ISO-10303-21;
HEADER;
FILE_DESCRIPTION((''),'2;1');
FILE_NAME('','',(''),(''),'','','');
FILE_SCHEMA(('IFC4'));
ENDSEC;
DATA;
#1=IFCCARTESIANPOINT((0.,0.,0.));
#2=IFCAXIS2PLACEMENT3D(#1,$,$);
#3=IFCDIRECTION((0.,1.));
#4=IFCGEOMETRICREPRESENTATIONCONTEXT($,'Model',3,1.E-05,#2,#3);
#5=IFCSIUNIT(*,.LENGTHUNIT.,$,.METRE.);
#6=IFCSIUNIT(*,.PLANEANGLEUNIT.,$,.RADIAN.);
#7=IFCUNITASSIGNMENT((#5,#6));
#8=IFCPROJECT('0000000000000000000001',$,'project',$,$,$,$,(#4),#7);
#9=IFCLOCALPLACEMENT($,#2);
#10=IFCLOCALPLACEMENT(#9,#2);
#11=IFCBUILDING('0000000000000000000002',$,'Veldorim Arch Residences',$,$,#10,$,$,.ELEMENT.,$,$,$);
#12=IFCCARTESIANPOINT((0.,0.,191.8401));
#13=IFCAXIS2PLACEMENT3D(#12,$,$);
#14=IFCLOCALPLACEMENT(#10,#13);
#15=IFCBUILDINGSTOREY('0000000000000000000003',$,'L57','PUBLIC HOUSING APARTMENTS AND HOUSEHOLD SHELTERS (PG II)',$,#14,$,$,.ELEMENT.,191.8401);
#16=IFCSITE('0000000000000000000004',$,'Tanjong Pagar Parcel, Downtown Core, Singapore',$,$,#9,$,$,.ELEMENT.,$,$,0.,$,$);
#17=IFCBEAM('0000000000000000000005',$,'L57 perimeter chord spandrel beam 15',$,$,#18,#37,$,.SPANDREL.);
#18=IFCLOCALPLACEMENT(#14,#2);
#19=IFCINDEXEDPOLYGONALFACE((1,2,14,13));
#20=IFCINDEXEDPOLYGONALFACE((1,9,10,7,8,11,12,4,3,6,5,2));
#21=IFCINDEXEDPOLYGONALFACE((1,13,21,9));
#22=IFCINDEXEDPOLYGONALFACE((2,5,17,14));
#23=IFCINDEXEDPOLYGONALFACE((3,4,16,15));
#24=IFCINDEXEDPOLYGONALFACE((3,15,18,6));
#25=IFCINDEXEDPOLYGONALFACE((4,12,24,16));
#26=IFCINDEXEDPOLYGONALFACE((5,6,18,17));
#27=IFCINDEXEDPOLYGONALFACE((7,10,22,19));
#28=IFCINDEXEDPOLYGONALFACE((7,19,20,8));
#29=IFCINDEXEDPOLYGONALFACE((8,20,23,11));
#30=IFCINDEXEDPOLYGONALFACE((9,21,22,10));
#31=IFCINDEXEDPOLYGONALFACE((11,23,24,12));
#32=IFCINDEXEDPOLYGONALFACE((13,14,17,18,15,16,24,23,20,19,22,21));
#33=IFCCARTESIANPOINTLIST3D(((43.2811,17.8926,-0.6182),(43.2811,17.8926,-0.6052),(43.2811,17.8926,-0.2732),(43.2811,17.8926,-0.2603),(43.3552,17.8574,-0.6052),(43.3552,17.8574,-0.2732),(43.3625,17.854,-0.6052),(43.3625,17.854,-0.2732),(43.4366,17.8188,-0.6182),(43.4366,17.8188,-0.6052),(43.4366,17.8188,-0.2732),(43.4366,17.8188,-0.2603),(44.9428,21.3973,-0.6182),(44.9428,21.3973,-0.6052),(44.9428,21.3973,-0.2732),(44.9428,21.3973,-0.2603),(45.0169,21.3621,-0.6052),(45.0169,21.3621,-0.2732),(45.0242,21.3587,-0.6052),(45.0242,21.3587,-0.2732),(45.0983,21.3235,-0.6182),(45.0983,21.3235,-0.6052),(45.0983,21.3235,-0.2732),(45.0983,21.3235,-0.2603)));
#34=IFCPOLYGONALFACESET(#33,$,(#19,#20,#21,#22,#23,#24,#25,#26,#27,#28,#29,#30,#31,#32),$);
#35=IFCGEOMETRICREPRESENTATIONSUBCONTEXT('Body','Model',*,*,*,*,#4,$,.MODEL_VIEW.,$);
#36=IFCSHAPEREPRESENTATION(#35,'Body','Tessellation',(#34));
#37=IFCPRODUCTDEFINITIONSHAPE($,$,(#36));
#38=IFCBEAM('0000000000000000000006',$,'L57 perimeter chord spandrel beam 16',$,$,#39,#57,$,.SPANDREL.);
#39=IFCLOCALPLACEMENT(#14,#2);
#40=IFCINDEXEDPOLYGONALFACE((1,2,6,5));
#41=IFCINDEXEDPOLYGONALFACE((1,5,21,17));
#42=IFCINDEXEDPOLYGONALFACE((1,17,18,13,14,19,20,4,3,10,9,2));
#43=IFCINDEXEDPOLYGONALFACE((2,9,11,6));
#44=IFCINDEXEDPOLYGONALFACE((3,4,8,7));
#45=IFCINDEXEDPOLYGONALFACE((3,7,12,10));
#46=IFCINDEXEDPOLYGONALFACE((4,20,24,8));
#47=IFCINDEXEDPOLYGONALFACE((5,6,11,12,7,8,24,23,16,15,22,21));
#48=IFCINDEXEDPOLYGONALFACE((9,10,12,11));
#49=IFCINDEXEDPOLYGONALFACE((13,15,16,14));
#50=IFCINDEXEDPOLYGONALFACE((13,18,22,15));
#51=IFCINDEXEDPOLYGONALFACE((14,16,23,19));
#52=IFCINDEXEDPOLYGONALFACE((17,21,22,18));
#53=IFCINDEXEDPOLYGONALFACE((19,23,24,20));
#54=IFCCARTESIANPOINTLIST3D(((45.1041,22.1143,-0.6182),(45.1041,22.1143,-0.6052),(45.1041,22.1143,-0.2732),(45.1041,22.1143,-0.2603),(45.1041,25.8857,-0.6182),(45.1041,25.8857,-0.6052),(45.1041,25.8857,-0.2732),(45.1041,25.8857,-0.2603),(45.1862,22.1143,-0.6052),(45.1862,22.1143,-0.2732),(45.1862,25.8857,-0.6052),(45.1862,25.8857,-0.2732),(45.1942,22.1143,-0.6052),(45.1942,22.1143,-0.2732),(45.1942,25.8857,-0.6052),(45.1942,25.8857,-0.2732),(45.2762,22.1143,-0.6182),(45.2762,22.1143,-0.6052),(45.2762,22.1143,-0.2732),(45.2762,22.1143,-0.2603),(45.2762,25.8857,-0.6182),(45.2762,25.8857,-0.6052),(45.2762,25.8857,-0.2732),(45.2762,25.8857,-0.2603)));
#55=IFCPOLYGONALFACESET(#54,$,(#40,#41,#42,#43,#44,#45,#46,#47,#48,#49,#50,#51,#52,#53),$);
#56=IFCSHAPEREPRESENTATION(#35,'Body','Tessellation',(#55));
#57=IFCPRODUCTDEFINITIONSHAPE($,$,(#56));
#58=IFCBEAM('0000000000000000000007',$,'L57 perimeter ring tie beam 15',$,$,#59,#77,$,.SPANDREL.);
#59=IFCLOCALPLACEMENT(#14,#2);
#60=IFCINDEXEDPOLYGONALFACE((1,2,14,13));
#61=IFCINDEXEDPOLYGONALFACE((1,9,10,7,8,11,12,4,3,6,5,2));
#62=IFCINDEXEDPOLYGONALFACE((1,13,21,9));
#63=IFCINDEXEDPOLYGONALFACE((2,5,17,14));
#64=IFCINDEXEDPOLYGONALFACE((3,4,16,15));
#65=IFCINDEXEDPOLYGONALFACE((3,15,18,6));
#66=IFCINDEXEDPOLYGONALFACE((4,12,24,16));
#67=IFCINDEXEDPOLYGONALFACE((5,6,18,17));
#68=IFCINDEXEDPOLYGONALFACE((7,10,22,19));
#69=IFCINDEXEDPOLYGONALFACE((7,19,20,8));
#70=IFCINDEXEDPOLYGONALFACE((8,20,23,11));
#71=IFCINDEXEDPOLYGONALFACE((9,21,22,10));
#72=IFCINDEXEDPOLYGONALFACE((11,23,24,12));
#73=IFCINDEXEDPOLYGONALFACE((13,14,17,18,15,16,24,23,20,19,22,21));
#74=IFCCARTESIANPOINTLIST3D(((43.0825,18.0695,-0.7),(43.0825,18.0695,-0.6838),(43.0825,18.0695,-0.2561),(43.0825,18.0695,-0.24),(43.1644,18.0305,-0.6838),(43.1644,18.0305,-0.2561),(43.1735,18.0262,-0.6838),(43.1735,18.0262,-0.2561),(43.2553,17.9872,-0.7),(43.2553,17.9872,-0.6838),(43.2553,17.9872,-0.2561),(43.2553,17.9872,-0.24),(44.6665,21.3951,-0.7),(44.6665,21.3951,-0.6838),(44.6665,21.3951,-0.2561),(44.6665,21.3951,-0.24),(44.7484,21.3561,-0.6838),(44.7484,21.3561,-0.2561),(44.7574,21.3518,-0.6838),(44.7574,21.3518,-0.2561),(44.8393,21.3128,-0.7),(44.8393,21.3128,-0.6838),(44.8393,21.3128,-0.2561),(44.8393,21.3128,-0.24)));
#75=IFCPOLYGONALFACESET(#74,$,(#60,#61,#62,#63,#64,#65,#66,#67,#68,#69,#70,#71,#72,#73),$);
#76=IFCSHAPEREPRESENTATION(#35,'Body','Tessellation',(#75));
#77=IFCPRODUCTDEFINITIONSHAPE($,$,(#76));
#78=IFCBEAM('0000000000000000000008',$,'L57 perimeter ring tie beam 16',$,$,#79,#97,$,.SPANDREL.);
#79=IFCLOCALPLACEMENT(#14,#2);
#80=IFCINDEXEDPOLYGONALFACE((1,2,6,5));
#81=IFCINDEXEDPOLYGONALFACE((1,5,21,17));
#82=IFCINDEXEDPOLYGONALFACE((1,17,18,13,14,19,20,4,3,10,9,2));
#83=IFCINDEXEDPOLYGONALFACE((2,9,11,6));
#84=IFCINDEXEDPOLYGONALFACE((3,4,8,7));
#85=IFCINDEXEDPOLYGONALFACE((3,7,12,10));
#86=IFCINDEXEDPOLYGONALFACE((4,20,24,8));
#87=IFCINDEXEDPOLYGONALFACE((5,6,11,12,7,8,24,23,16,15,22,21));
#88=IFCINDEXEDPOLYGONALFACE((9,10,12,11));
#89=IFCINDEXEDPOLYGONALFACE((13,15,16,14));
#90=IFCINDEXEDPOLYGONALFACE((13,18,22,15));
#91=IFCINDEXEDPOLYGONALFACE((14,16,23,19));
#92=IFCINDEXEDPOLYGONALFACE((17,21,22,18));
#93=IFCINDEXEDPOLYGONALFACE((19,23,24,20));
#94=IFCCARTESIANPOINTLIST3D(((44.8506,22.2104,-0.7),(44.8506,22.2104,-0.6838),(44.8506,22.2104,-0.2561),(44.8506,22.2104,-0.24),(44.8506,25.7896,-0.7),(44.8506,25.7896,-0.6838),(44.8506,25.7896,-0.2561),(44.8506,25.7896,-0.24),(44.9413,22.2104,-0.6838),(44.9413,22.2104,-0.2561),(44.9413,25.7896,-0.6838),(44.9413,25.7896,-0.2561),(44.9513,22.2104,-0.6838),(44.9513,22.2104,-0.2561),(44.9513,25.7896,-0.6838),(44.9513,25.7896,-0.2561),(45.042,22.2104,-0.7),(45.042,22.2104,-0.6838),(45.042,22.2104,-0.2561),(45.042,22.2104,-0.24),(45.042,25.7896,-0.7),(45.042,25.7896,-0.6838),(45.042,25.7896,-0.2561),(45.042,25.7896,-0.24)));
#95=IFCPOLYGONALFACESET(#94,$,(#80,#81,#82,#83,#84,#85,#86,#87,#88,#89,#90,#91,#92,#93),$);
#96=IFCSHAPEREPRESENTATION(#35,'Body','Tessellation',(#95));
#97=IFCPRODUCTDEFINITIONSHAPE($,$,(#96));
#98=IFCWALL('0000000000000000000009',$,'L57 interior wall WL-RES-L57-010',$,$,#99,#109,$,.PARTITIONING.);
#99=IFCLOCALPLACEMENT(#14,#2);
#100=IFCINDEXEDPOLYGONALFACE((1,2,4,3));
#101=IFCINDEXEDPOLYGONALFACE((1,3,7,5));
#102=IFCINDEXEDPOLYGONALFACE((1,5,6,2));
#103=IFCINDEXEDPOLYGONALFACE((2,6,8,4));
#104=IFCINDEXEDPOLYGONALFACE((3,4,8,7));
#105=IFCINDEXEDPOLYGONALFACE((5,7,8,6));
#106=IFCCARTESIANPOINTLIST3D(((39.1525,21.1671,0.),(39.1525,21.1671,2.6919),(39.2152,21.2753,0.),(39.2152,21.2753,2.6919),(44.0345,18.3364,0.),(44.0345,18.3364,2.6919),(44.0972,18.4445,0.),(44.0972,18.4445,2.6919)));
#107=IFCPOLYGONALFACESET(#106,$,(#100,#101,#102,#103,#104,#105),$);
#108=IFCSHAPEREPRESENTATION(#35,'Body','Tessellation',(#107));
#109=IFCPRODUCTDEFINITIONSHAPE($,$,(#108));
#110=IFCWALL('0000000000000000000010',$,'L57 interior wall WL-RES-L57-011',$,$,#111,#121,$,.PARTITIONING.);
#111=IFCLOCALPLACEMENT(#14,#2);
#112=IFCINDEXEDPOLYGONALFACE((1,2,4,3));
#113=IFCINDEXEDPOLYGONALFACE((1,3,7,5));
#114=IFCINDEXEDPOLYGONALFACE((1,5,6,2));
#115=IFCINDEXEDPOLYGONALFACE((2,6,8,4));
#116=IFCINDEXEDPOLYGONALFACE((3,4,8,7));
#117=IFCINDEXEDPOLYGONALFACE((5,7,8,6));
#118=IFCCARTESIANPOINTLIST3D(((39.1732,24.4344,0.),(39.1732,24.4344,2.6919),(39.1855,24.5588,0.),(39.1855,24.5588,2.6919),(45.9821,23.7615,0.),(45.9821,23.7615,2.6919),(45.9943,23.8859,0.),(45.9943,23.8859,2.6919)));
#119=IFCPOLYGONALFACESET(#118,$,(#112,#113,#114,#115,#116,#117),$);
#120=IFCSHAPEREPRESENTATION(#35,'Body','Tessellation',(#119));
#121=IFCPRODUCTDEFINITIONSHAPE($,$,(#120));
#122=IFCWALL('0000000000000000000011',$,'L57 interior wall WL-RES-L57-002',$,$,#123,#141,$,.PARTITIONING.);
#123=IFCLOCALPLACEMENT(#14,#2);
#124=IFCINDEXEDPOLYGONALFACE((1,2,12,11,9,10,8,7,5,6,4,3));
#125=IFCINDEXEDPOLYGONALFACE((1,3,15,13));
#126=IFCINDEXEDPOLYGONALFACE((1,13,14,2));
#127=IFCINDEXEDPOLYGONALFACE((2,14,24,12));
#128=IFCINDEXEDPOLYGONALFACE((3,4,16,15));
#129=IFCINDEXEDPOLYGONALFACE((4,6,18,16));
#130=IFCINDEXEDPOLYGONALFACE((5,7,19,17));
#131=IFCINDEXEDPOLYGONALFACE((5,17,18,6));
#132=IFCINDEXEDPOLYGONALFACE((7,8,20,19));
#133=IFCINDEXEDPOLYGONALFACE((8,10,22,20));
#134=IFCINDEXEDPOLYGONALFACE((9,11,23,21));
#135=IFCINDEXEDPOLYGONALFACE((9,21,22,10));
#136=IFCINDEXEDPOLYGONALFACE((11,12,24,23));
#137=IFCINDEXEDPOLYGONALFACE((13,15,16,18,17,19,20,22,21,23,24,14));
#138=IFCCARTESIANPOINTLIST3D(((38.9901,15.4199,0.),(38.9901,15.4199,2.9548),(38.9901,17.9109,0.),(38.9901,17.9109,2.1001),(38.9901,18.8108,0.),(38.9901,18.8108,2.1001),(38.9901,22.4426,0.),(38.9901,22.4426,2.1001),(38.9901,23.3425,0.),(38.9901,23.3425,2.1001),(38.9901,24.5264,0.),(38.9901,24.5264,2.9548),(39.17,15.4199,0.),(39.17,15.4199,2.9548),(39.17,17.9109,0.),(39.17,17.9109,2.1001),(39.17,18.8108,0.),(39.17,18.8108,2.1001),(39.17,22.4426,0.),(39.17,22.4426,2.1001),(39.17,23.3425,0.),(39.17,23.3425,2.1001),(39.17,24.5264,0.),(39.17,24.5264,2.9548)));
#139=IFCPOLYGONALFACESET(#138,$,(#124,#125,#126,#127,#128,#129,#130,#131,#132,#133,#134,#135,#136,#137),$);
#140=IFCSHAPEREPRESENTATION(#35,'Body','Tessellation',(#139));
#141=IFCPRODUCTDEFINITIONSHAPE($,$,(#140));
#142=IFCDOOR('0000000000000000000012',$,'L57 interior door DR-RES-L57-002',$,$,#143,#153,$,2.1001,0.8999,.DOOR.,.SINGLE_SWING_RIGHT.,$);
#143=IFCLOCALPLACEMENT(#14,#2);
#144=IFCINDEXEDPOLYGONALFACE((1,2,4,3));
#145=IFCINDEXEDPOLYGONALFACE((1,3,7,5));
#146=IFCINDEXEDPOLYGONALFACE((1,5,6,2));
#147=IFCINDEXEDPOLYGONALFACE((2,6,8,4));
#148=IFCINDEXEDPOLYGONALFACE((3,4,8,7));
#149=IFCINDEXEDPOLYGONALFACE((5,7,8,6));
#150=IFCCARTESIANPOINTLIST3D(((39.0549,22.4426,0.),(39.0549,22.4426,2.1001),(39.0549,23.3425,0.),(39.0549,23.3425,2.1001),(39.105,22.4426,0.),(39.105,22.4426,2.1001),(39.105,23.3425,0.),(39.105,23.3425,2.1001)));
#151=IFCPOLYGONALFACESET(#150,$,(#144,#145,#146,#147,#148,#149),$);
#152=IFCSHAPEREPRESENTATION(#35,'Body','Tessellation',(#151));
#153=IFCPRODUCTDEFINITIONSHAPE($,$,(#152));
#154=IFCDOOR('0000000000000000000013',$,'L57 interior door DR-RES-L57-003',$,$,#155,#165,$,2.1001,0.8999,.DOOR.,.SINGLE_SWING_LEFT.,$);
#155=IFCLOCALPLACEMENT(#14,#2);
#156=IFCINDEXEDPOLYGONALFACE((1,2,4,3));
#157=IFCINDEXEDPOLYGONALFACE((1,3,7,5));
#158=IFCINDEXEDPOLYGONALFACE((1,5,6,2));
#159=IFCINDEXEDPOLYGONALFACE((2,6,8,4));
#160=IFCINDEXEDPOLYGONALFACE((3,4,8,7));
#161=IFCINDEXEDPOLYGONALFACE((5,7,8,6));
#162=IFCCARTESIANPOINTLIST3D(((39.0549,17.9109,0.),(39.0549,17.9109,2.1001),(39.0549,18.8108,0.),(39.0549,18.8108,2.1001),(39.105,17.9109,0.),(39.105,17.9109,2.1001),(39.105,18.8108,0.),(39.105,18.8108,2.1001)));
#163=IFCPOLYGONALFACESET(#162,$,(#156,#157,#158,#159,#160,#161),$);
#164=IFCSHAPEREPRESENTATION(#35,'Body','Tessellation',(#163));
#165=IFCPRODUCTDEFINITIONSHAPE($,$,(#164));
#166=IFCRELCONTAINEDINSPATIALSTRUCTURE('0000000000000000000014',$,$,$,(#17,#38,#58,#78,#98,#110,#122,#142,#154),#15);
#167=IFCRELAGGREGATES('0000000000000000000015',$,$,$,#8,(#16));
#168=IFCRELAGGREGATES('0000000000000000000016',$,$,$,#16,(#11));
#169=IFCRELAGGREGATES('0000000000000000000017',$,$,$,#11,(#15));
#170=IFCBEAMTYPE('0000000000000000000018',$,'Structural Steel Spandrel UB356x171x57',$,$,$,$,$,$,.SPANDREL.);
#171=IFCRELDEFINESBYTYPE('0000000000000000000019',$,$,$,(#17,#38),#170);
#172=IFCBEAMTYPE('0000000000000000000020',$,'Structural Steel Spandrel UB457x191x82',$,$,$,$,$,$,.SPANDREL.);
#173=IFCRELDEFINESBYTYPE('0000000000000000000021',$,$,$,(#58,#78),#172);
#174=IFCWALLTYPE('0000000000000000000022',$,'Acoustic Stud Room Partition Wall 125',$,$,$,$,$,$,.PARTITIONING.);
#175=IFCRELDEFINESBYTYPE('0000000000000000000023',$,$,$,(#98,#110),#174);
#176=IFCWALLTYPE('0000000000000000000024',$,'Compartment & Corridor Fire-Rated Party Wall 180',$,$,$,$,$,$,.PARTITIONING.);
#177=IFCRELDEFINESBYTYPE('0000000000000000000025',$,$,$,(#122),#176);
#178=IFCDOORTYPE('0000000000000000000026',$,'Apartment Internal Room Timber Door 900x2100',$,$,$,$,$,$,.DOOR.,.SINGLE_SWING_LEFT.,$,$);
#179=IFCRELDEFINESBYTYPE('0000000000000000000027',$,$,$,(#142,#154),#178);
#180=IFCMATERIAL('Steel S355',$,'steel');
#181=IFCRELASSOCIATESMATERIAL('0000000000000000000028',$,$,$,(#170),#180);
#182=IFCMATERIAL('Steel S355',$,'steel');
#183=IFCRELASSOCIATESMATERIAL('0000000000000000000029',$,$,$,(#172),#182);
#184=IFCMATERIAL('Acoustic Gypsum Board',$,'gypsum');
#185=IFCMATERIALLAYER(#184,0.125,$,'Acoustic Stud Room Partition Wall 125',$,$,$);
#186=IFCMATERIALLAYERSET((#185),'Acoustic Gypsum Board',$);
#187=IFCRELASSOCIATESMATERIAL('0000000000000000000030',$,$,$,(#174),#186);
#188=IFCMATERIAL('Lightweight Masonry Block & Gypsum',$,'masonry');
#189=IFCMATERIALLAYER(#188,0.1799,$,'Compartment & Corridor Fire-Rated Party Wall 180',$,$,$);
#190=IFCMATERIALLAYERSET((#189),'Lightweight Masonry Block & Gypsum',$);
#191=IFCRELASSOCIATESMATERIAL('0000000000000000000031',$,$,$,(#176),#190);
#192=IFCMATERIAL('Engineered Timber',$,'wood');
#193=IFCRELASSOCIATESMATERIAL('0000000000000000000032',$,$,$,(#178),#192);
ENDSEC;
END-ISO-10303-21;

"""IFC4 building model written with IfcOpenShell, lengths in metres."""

from ifc_helpers import new_model, si_unit, direction, frame, frame_2d, origin, origin_2d, place, context, subcontext, project, spatial, rectangle, i_section, extrude, material, layer, layer_set, material_profile, profile_set, type_object, element, fill, save


model = new_model("IFC4")

# Units and contexts
model_context = context("Model", 3, precision=1e-05, world=origin(), true_north=direction((0.0, 1.0)))
body_context = subcontext(model_context, "Body", "Model", "MODEL_VIEW")
ifc_project = project(units=[si_unit("LENGTHUNIT", "METRE"), si_unit("PLANEANGLEUNIT", "RADIAN")], contexts=[model_context])

# Site, building, storey
site_placement = place(None, origin())
site = spatial("IfcSite", under=ifc_project, at=site_placement, Name="Tanjong Pagar Parcel, Downtown Core, Singapore", CompositionType="ELEMENT", RefElevation=0.0)
building_placement = place(site_placement, origin())
building = spatial("IfcBuilding", under=site, at=building_placement, Name="Veldorim Arch Residences", CompositionType="ELEMENT")
storey_placement = place(building_placement, frame((0.0, 0.0, 191.8401)))
storey = spatial("IfcBuildingStorey", under=building, at=storey_placement, Name="L57", Description="PUBLIC HOUSING APARTMENTS AND HOUSEHOLD SHELTERS (PG II)", CompositionType="ELEMENT", Elevation=191.8401)

# Beams
ifc_material_1 = material(Name="Steel S355", Category="steel")
ifc_material_profile_1 = material_profile(ifc_material_1, i_section(OverallWidth=0.1721, OverallDepth=0.3579, WebThickness=0.0081, FlangeThickness=0.0129, at=origin_2d()), Name="UB356x171x57")
ifc_profile_set_1 = profile_set([ifc_material_profile_1], Name="Steel S355")
beam_type_1 = type_object("IfcBeamType", Name="Structural Steel Spandrel UB356x171x57", PredefinedType="SPANDREL", material=ifc_profile_set_1)
beam_1_placement = place(storey_placement, frame((43.3589, 17.8557, -0.4392), z_axis=(0.428408, 0.903585, 0.0), x_axis=(-0.903585, 0.428408, 0.0)))
element("IfcBeam", 1, at=beam_1_placement, inside=storey, type_object=beam_type_1, Name="L57 perimeter chord spandrel beam 15", PredefinedType="SPANDREL", context=body_context, shape_type="SweptSolid", body=[
    extrude(i_section(OverallWidth=0.1721, OverallDepth=0.3579, WebThickness=0.0081, FlangeThickness=0.0129, at=origin_2d()), origin(), (0.0, 0.0, 1.0), 3.8787),
])
beam_2_placement = place(storey_placement, frame((45.1902, 22.1143, -0.4392), z_axis=(0.0, 1.0, 0.0), x_axis=(-1.0, 0.0, 0.0)))
element("IfcBeam", 2, at=beam_2_placement, inside=storey, type_object=beam_type_1, Name="L57 perimeter chord spandrel beam 16", PredefinedType="SPANDREL", context=body_context, shape_type="SweptSolid", body=[
    extrude(i_section(OverallWidth=0.1721, OverallDepth=0.3579, WebThickness=0.0081, FlangeThickness=0.0129, at=origin_2d()), origin(), (0.0, 0.0, 1.0), 3.7715),
])
ifc_material_2 = material(Name="Steel S355", Category="steel")
ifc_material_profile_2 = material_profile(ifc_material_2, i_section(OverallWidth=0.1914, OverallDepth=0.46, WebThickness=0.01, FlangeThickness=0.0161, at=origin_2d()), Name="UB457x191x82")
ifc_profile_set_2 = profile_set([ifc_material_profile_2], Name="Steel S355")
beam_type_2 = type_object("IfcBeamType", Name="Structural Steel Spandrel UB457x191x82", PredefinedType="SPANDREL", material=ifc_profile_set_2)
beam_3_placement = place(storey_placement, frame((43.1689, 18.0283, -0.47), z_axis=(0.430006, 0.902826, 0.0), x_axis=(-0.902826, 0.430006, 0.0)))
element("IfcBeam", 3, at=beam_3_placement, inside=storey, type_object=beam_type_2, Name="L57 perimeter ring tie beam 15", PredefinedType="SPANDREL", context=body_context, shape_type="SweptSolid", body=[
    extrude(i_section(OverallWidth=0.1914, OverallDepth=0.46, WebThickness=0.01, FlangeThickness=0.0161, at=origin_2d()), origin(), (0.0, 0.0, 1.0), 3.6836),
])
beam_4_placement = place(storey_placement, frame((44.9463, 22.2104, -0.47), z_axis=(0.0, 1.0, 0.0), x_axis=(-1.0, 0.0, 0.0)))
element("IfcBeam", 4, at=beam_4_placement, inside=storey, type_object=beam_type_2, Name="L57 perimeter ring tie beam 16", PredefinedType="SPANDREL", context=body_context, shape_type="SweptSolid", body=[
    extrude(i_section(OverallWidth=0.1914, OverallDepth=0.46, WebThickness=0.01, FlangeThickness=0.0161, at=origin_2d()), origin(), (0.0, 0.0, 1.0), 3.5791),
])

# Walls
ifc_material_3 = material(Name="Acoustic Gypsum Board", Category="gypsum")
ifc_layer_1 = layer(ifc_material_3, 0.125, Name="Acoustic Stud Room Partition Wall 125")
ifc_layer_set_1 = layer_set([ifc_layer_1], Name="Acoustic Gypsum Board")
wall_type_1 = type_object("IfcWallType", Name="Acoustic Stud Room Partition Wall 125", PredefinedType="PARTITIONING", material=ifc_layer_set_1)
wall_1_placement = place(storey_placement, frame((44.0659, 18.3904, 0.0), z_axis=(0.0, 0.0, 1.0), x_axis=(-0.865092, 0.501613, 0.0)))
element("IfcWall", 5, at=wall_1_placement, inside=storey, type_object=wall_type_1, Name="L57 interior wall WL-RES-L57-010", PredefinedType="PARTITIONING", context=body_context, shape_type="SweptSolid", body=[
    extrude(rectangle(XDim=5.6433, YDim=0.125, at=frame_2d((2.8218, 0.0))), origin(), (0.0, 0.0, 1.0), 2.6919),
])
wall_2_placement = place(storey_placement, frame((39.1794, 24.4966, 0.0), z_axis=(0.0, 0.0, 1.0), x_axis=(0.995153, -0.098341, 0.0)))
element("IfcWall", 6, at=wall_2_placement, inside=storey, type_object=wall_type_1, Name="L57 interior wall WL-RES-L57-011", PredefinedType="PARTITIONING", context=body_context, shape_type="SweptSolid", body=[
    extrude(rectangle(XDim=6.842, YDim=0.125, at=frame_2d((3.4209, 0.0))), origin(), (0.0, 0.0, 1.0), 2.6919),
])

# Wall, openings, doors
ifc_material_4 = material(Name="Lightweight Masonry Block & Gypsum", Category="masonry")
ifc_layer_2 = layer(ifc_material_4, 0.1799, Name="Compartment & Corridor Fire-Rated Party Wall 180")
ifc_layer_set_2 = layer_set([ifc_layer_2], Name="Lightweight Masonry Block & Gypsum")
wall_type_2 = type_object("IfcWallType", Name="Compartment & Corridor Fire-Rated Party Wall 180", PredefinedType="PARTITIONING", material=ifc_layer_set_2)
wall_3_placement = place(storey_placement, frame((39.0801, 24.5264, 0.0), z_axis=(0.0, 0.0, 1.0), x_axis=(0.0, -1.0, 0.0)))
wall_3 = element("IfcWall", 7, at=wall_3_placement, inside=storey, type_object=wall_type_2, Name="L57 interior wall WL-RES-L57-002", PredefinedType="PARTITIONING", context=body_context, shape_type="SweptSolid", body=[
    extrude(rectangle(XDim=9.1064, YDim=0.1799, at=frame_2d((4.5532, 0.0))), origin(), (0.0, 0.0, 1.0), 2.9548),
])
opening_1_placement = place(wall_3_placement, frame((1.1838, 0.0, 0.0)))
opening_1 = element("IfcOpeningElement", 8, at=opening_1_placement, cuts=wall_3, PredefinedType="OPENING", context=body_context, shape_type="SweptSolid", body=[
    extrude(rectangle(XDim=0.8999, YDim=2.1001, at=frame_2d((0.45, 1.05))), frame((0.0, 0.0999, 0.0), z_axis=(0.0, -1.0, 0.0), x_axis=(1.0, 0.0, 0.0)), (0.0, 0.0, 1.0), 0.2),
])
opening_2_placement = place(wall_3_placement, frame((5.7156, 0.0, 0.0)))
opening_2 = element("IfcOpeningElement", 9, at=opening_2_placement, cuts=wall_3, PredefinedType="OPENING", context=body_context, shape_type="SweptSolid", body=[
    extrude(rectangle(XDim=0.8999, YDim=2.1001, at=frame_2d((0.45, 1.05))), frame((0.0, 0.0999, 0.0), z_axis=(0.0, -1.0, 0.0), x_axis=(1.0, 0.0, 0.0)), (0.0, 0.0, 1.0), 0.2),
])
ifc_material_5 = material(Name="Engineered Timber", Category="wood")
door_type = type_object("IfcDoorType", Name="Apartment Internal Room Timber Door 900x2100", OperationType="SINGLE_SWING_LEFT", PredefinedType="DOOR", material=ifc_material_5)
door_1_placement = place(opening_1_placement, origin())
door_1 = element("IfcDoor", 10, at=door_1_placement, inside=storey, type_object=door_type, Name="L57 interior door DR-RES-L57-002", OperationType="SINGLE_SWING_RIGHT", OverallHeight=2.1001, OverallWidth=0.8999, PredefinedType="DOOR", context=body_context, shape_type="SweptSolid", body=[
    extrude(rectangle(XDim=0.8999, YDim=2.1001, at=frame_2d((0.45, 1.05))), frame((0.0, 0.0249, 0.0), z_axis=(0.0, -1.0, 0.0), x_axis=(1.0, 0.0, 0.0)), (0.0, 0.0, 1.0), 0.05),
])
fill(opening_1, door_1)
door_2_placement = place(opening_2_placement, origin())
door_2 = element("IfcDoor", 11, at=door_2_placement, inside=storey, type_object=door_type, Name="L57 interior door DR-RES-L57-003", OperationType="SINGLE_SWING_LEFT", OverallHeight=2.1001, OverallWidth=0.8999, PredefinedType="DOOR", context=body_context, shape_type="SweptSolid", body=[
    extrude(rectangle(XDim=0.8999, YDim=2.1001, at=frame_2d((0.45, 1.05))), frame((0.0, 0.0249, 0.0), z_axis=(0.0, -1.0, 0.0), x_axis=(1.0, 0.0, 0.0)), (0.0, 0.0, 1.0), 0.05),
])
fill(opening_2, door_2)

save(model, "model.ifc")
